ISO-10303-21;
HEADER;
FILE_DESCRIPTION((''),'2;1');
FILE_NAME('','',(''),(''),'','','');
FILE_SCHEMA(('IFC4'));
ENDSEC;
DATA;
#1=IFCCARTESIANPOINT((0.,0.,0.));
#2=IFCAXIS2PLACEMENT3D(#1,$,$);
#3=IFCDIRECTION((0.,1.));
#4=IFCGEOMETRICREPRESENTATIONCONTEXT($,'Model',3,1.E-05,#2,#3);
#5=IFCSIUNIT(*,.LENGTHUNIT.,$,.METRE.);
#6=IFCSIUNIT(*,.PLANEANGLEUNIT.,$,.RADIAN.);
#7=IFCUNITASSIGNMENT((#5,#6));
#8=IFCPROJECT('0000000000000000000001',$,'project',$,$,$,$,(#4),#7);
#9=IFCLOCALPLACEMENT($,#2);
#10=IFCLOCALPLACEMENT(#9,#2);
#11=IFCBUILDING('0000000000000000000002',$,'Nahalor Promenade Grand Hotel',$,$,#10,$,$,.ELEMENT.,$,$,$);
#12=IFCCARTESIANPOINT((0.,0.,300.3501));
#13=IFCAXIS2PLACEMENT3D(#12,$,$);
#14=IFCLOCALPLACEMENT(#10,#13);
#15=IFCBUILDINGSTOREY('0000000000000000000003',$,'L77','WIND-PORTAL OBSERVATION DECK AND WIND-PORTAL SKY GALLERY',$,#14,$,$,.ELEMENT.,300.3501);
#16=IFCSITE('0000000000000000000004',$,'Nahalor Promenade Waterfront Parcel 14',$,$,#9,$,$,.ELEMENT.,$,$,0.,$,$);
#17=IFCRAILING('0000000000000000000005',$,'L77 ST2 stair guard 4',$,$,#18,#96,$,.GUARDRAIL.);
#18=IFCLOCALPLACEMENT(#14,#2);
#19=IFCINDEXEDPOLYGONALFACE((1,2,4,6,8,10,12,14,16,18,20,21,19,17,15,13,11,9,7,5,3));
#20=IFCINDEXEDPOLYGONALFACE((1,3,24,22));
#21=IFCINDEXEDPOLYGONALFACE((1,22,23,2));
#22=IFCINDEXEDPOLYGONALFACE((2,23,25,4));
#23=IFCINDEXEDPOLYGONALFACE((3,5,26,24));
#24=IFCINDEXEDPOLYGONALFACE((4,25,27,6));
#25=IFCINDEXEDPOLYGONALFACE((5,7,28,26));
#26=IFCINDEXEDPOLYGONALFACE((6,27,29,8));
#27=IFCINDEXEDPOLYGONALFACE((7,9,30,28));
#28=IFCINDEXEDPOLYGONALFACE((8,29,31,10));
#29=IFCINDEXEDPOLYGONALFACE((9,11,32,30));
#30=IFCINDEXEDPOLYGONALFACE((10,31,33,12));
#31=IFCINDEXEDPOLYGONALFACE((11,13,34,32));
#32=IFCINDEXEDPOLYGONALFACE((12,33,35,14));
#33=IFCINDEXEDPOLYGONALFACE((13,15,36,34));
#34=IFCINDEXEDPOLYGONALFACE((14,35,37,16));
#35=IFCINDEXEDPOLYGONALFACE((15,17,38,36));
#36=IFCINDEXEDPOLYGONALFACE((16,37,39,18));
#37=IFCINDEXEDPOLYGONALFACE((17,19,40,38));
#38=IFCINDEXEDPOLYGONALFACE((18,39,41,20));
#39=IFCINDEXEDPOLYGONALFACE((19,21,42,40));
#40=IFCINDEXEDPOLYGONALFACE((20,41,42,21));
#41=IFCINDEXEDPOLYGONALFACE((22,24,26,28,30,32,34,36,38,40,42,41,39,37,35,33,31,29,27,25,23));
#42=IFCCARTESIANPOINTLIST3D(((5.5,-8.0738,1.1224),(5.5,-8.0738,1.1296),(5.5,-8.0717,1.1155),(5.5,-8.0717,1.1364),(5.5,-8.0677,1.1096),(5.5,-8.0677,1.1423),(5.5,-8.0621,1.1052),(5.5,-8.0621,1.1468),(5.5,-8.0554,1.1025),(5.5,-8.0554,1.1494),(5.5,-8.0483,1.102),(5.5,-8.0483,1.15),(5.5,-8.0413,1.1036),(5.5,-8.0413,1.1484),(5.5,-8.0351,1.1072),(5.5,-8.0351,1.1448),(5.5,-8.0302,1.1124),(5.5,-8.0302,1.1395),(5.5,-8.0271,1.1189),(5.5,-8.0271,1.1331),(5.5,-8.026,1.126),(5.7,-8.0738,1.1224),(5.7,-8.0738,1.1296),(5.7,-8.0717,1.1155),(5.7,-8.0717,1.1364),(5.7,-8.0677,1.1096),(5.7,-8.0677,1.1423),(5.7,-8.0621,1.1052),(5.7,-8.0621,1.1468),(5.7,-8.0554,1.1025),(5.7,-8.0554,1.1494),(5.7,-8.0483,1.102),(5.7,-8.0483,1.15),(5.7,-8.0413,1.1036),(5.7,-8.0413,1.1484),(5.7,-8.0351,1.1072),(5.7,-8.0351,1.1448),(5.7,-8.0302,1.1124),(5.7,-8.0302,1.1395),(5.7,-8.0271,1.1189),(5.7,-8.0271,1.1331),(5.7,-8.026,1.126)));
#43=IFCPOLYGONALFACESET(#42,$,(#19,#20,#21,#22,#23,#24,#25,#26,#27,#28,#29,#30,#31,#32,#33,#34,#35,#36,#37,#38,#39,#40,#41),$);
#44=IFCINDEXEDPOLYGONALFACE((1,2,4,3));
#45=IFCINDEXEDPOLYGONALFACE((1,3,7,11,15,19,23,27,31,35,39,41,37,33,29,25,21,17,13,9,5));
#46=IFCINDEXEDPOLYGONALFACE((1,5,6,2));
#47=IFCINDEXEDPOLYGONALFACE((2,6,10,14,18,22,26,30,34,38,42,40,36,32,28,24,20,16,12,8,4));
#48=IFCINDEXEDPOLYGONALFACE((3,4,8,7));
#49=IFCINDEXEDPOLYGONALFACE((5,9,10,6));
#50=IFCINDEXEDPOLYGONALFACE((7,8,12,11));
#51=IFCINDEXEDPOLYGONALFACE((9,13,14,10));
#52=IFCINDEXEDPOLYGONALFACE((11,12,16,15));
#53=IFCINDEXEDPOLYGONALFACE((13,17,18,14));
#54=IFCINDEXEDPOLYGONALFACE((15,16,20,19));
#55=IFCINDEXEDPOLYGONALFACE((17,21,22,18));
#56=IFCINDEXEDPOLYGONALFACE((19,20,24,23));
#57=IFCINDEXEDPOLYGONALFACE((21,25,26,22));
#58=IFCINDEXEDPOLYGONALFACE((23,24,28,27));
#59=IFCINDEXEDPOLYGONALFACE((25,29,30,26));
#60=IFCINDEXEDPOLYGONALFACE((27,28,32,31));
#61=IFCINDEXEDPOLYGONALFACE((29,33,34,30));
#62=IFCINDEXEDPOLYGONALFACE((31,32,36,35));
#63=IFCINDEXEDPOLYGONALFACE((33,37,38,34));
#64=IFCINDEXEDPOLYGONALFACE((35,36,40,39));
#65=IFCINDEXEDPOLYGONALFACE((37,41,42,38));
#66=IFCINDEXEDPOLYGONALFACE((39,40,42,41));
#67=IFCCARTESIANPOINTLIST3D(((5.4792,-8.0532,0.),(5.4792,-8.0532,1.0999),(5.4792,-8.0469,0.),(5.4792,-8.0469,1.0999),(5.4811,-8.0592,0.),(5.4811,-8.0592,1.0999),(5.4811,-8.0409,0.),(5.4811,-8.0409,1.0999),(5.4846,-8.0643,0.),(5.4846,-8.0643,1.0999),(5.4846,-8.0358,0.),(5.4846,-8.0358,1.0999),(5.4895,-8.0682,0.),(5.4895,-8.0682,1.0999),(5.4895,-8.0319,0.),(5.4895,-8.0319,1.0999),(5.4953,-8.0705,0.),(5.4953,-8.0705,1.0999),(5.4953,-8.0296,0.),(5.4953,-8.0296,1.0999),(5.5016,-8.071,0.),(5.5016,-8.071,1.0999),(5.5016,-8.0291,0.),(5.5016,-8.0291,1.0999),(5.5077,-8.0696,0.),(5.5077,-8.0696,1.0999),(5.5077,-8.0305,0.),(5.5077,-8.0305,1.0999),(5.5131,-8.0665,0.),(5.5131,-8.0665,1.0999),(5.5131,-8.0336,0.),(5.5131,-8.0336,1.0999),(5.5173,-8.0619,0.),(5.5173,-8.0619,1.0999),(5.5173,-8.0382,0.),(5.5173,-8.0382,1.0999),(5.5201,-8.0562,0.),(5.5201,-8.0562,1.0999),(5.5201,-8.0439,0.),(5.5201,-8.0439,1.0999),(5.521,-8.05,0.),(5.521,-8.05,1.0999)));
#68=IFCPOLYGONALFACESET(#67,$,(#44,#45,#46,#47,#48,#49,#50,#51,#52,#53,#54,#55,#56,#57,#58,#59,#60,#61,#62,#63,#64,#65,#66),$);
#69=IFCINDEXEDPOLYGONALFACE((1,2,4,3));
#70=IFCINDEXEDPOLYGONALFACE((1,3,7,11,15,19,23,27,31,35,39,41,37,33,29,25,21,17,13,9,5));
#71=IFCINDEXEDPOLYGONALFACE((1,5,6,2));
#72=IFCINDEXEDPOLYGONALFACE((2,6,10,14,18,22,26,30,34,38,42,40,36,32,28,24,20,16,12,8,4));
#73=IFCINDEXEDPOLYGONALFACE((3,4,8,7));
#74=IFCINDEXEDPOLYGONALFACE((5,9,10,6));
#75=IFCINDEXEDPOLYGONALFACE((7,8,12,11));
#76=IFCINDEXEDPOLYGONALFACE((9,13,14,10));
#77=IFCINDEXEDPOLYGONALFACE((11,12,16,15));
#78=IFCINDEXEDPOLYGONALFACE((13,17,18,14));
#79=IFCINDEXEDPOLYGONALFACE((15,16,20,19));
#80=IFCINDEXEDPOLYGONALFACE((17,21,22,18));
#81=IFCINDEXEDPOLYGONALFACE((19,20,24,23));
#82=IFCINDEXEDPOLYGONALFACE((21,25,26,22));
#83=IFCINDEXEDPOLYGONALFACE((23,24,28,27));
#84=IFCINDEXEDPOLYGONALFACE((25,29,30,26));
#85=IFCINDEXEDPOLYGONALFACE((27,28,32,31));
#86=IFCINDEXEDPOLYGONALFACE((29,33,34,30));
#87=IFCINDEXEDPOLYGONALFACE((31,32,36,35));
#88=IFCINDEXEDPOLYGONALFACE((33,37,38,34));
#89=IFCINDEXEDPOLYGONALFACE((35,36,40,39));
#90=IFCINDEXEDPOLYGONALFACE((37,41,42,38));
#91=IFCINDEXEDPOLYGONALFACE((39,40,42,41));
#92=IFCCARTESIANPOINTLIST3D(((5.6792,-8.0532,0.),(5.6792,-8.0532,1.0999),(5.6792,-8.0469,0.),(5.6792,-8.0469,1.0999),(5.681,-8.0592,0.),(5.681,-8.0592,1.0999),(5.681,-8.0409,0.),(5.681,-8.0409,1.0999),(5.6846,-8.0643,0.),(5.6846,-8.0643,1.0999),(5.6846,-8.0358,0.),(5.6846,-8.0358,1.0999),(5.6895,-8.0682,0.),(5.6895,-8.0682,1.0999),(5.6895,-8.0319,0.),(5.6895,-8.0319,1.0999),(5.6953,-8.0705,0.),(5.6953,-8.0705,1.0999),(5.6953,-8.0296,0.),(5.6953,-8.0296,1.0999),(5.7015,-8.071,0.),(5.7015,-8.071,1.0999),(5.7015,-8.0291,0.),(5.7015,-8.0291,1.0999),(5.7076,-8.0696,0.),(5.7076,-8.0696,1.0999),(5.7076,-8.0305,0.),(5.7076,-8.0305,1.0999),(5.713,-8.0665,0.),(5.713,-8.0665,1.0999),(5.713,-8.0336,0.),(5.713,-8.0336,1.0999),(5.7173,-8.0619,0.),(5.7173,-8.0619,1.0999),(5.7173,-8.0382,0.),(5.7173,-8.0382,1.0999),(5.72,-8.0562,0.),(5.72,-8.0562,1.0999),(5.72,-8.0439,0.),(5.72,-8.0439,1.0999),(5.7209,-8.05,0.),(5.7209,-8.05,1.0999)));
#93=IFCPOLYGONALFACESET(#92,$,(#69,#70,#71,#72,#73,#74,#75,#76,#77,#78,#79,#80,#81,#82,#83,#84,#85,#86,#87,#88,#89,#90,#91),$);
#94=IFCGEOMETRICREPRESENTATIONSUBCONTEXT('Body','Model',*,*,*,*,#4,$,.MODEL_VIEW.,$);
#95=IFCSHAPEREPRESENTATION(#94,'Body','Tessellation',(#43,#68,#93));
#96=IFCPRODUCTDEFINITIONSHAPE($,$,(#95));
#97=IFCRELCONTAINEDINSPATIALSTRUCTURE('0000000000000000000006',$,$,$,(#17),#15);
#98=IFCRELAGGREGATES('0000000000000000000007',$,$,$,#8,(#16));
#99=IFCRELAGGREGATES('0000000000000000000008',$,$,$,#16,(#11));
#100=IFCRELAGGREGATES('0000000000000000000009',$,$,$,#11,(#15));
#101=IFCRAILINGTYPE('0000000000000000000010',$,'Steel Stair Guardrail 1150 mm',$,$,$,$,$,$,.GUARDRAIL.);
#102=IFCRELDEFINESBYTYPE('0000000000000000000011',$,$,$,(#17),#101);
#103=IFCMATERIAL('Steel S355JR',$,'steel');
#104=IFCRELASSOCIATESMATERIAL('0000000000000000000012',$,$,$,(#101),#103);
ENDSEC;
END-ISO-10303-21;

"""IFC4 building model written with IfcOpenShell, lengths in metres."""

from ifc_helpers import new_model, si_unit, direction, frame, origin, origin_2d, place, context, subcontext, project, spatial, circle, extrude, material, type_object, element, save


model = new_model("IFC4")

# Units and contexts
model_context = context("Model", 3, precision=1e-05, world=origin(), true_north=direction((0.0, 1.0)))
body_context = subcontext(model_context, "Body", "Model", "MODEL_VIEW")
ifc_project = project(units=[si_unit("LENGTHUNIT", "METRE"), si_unit("PLANEANGLEUNIT", "RADIAN")], contexts=[model_context])

# Site, building, storey
site_placement = place(None, origin())
site = spatial("IfcSite", under=ifc_project, at=site_placement, Name="Nahalor Promenade Waterfront Parcel 14", CompositionType="ELEMENT", RefElevation=0.0)
building_placement = place(site_placement, origin())
building = spatial("IfcBuilding", under=site, at=building_placement, Name="Nahalor Promenade Grand Hotel", CompositionType="ELEMENT")
storey_placement = place(building_placement, frame((0.0, 0.0, 300.3501)))
storey = spatial("IfcBuildingStorey", under=building, at=storey_placement, Name="L77", Description="WIND-PORTAL OBSERVATION DECK AND WIND-PORTAL SKY GALLERY", CompositionType="ELEMENT", Elevation=300.3501)

# Shared definitions
ifc_material_1 = material(Name="Steel S355JR", Category="steel")

# Railing
railing_type_1 = type_object("IfcRailingType", Name="Steel Stair Guardrail 1150 mm", PredefinedType="GUARDRAIL", material=ifc_material_1)
railing_1_placement = place(storey_placement, frame((5.5, -8.05, 0.0)))
element("IfcRailing", 1, at=railing_1_placement, inside=storey, type_object=railing_type_1, Name="L77 ST2 stair guard 4", PredefinedType="GUARDRAIL", context=body_context, shape_type="SweptSolid", body=[
    extrude(circle(Radius=0.024, at=origin_2d()), frame((0.0, 0.0, 1.126), z_axis=(1.0, 0.0, 0.0), x_axis=(0.0, 1.0, 0.0)), (0.0, 0.0, 1.0), 0.2),
    extrude(circle(Radius=0.021, at=origin_2d()), origin(), (0.0, 0.0, 1.0), 1.0999),
    extrude(circle(Radius=0.021, at=origin_2d()), frame((0.2, 0.0, 0.0)), (0.0, 0.0, 1.0), 1.0999),
])

save(model, "model.ifc")
